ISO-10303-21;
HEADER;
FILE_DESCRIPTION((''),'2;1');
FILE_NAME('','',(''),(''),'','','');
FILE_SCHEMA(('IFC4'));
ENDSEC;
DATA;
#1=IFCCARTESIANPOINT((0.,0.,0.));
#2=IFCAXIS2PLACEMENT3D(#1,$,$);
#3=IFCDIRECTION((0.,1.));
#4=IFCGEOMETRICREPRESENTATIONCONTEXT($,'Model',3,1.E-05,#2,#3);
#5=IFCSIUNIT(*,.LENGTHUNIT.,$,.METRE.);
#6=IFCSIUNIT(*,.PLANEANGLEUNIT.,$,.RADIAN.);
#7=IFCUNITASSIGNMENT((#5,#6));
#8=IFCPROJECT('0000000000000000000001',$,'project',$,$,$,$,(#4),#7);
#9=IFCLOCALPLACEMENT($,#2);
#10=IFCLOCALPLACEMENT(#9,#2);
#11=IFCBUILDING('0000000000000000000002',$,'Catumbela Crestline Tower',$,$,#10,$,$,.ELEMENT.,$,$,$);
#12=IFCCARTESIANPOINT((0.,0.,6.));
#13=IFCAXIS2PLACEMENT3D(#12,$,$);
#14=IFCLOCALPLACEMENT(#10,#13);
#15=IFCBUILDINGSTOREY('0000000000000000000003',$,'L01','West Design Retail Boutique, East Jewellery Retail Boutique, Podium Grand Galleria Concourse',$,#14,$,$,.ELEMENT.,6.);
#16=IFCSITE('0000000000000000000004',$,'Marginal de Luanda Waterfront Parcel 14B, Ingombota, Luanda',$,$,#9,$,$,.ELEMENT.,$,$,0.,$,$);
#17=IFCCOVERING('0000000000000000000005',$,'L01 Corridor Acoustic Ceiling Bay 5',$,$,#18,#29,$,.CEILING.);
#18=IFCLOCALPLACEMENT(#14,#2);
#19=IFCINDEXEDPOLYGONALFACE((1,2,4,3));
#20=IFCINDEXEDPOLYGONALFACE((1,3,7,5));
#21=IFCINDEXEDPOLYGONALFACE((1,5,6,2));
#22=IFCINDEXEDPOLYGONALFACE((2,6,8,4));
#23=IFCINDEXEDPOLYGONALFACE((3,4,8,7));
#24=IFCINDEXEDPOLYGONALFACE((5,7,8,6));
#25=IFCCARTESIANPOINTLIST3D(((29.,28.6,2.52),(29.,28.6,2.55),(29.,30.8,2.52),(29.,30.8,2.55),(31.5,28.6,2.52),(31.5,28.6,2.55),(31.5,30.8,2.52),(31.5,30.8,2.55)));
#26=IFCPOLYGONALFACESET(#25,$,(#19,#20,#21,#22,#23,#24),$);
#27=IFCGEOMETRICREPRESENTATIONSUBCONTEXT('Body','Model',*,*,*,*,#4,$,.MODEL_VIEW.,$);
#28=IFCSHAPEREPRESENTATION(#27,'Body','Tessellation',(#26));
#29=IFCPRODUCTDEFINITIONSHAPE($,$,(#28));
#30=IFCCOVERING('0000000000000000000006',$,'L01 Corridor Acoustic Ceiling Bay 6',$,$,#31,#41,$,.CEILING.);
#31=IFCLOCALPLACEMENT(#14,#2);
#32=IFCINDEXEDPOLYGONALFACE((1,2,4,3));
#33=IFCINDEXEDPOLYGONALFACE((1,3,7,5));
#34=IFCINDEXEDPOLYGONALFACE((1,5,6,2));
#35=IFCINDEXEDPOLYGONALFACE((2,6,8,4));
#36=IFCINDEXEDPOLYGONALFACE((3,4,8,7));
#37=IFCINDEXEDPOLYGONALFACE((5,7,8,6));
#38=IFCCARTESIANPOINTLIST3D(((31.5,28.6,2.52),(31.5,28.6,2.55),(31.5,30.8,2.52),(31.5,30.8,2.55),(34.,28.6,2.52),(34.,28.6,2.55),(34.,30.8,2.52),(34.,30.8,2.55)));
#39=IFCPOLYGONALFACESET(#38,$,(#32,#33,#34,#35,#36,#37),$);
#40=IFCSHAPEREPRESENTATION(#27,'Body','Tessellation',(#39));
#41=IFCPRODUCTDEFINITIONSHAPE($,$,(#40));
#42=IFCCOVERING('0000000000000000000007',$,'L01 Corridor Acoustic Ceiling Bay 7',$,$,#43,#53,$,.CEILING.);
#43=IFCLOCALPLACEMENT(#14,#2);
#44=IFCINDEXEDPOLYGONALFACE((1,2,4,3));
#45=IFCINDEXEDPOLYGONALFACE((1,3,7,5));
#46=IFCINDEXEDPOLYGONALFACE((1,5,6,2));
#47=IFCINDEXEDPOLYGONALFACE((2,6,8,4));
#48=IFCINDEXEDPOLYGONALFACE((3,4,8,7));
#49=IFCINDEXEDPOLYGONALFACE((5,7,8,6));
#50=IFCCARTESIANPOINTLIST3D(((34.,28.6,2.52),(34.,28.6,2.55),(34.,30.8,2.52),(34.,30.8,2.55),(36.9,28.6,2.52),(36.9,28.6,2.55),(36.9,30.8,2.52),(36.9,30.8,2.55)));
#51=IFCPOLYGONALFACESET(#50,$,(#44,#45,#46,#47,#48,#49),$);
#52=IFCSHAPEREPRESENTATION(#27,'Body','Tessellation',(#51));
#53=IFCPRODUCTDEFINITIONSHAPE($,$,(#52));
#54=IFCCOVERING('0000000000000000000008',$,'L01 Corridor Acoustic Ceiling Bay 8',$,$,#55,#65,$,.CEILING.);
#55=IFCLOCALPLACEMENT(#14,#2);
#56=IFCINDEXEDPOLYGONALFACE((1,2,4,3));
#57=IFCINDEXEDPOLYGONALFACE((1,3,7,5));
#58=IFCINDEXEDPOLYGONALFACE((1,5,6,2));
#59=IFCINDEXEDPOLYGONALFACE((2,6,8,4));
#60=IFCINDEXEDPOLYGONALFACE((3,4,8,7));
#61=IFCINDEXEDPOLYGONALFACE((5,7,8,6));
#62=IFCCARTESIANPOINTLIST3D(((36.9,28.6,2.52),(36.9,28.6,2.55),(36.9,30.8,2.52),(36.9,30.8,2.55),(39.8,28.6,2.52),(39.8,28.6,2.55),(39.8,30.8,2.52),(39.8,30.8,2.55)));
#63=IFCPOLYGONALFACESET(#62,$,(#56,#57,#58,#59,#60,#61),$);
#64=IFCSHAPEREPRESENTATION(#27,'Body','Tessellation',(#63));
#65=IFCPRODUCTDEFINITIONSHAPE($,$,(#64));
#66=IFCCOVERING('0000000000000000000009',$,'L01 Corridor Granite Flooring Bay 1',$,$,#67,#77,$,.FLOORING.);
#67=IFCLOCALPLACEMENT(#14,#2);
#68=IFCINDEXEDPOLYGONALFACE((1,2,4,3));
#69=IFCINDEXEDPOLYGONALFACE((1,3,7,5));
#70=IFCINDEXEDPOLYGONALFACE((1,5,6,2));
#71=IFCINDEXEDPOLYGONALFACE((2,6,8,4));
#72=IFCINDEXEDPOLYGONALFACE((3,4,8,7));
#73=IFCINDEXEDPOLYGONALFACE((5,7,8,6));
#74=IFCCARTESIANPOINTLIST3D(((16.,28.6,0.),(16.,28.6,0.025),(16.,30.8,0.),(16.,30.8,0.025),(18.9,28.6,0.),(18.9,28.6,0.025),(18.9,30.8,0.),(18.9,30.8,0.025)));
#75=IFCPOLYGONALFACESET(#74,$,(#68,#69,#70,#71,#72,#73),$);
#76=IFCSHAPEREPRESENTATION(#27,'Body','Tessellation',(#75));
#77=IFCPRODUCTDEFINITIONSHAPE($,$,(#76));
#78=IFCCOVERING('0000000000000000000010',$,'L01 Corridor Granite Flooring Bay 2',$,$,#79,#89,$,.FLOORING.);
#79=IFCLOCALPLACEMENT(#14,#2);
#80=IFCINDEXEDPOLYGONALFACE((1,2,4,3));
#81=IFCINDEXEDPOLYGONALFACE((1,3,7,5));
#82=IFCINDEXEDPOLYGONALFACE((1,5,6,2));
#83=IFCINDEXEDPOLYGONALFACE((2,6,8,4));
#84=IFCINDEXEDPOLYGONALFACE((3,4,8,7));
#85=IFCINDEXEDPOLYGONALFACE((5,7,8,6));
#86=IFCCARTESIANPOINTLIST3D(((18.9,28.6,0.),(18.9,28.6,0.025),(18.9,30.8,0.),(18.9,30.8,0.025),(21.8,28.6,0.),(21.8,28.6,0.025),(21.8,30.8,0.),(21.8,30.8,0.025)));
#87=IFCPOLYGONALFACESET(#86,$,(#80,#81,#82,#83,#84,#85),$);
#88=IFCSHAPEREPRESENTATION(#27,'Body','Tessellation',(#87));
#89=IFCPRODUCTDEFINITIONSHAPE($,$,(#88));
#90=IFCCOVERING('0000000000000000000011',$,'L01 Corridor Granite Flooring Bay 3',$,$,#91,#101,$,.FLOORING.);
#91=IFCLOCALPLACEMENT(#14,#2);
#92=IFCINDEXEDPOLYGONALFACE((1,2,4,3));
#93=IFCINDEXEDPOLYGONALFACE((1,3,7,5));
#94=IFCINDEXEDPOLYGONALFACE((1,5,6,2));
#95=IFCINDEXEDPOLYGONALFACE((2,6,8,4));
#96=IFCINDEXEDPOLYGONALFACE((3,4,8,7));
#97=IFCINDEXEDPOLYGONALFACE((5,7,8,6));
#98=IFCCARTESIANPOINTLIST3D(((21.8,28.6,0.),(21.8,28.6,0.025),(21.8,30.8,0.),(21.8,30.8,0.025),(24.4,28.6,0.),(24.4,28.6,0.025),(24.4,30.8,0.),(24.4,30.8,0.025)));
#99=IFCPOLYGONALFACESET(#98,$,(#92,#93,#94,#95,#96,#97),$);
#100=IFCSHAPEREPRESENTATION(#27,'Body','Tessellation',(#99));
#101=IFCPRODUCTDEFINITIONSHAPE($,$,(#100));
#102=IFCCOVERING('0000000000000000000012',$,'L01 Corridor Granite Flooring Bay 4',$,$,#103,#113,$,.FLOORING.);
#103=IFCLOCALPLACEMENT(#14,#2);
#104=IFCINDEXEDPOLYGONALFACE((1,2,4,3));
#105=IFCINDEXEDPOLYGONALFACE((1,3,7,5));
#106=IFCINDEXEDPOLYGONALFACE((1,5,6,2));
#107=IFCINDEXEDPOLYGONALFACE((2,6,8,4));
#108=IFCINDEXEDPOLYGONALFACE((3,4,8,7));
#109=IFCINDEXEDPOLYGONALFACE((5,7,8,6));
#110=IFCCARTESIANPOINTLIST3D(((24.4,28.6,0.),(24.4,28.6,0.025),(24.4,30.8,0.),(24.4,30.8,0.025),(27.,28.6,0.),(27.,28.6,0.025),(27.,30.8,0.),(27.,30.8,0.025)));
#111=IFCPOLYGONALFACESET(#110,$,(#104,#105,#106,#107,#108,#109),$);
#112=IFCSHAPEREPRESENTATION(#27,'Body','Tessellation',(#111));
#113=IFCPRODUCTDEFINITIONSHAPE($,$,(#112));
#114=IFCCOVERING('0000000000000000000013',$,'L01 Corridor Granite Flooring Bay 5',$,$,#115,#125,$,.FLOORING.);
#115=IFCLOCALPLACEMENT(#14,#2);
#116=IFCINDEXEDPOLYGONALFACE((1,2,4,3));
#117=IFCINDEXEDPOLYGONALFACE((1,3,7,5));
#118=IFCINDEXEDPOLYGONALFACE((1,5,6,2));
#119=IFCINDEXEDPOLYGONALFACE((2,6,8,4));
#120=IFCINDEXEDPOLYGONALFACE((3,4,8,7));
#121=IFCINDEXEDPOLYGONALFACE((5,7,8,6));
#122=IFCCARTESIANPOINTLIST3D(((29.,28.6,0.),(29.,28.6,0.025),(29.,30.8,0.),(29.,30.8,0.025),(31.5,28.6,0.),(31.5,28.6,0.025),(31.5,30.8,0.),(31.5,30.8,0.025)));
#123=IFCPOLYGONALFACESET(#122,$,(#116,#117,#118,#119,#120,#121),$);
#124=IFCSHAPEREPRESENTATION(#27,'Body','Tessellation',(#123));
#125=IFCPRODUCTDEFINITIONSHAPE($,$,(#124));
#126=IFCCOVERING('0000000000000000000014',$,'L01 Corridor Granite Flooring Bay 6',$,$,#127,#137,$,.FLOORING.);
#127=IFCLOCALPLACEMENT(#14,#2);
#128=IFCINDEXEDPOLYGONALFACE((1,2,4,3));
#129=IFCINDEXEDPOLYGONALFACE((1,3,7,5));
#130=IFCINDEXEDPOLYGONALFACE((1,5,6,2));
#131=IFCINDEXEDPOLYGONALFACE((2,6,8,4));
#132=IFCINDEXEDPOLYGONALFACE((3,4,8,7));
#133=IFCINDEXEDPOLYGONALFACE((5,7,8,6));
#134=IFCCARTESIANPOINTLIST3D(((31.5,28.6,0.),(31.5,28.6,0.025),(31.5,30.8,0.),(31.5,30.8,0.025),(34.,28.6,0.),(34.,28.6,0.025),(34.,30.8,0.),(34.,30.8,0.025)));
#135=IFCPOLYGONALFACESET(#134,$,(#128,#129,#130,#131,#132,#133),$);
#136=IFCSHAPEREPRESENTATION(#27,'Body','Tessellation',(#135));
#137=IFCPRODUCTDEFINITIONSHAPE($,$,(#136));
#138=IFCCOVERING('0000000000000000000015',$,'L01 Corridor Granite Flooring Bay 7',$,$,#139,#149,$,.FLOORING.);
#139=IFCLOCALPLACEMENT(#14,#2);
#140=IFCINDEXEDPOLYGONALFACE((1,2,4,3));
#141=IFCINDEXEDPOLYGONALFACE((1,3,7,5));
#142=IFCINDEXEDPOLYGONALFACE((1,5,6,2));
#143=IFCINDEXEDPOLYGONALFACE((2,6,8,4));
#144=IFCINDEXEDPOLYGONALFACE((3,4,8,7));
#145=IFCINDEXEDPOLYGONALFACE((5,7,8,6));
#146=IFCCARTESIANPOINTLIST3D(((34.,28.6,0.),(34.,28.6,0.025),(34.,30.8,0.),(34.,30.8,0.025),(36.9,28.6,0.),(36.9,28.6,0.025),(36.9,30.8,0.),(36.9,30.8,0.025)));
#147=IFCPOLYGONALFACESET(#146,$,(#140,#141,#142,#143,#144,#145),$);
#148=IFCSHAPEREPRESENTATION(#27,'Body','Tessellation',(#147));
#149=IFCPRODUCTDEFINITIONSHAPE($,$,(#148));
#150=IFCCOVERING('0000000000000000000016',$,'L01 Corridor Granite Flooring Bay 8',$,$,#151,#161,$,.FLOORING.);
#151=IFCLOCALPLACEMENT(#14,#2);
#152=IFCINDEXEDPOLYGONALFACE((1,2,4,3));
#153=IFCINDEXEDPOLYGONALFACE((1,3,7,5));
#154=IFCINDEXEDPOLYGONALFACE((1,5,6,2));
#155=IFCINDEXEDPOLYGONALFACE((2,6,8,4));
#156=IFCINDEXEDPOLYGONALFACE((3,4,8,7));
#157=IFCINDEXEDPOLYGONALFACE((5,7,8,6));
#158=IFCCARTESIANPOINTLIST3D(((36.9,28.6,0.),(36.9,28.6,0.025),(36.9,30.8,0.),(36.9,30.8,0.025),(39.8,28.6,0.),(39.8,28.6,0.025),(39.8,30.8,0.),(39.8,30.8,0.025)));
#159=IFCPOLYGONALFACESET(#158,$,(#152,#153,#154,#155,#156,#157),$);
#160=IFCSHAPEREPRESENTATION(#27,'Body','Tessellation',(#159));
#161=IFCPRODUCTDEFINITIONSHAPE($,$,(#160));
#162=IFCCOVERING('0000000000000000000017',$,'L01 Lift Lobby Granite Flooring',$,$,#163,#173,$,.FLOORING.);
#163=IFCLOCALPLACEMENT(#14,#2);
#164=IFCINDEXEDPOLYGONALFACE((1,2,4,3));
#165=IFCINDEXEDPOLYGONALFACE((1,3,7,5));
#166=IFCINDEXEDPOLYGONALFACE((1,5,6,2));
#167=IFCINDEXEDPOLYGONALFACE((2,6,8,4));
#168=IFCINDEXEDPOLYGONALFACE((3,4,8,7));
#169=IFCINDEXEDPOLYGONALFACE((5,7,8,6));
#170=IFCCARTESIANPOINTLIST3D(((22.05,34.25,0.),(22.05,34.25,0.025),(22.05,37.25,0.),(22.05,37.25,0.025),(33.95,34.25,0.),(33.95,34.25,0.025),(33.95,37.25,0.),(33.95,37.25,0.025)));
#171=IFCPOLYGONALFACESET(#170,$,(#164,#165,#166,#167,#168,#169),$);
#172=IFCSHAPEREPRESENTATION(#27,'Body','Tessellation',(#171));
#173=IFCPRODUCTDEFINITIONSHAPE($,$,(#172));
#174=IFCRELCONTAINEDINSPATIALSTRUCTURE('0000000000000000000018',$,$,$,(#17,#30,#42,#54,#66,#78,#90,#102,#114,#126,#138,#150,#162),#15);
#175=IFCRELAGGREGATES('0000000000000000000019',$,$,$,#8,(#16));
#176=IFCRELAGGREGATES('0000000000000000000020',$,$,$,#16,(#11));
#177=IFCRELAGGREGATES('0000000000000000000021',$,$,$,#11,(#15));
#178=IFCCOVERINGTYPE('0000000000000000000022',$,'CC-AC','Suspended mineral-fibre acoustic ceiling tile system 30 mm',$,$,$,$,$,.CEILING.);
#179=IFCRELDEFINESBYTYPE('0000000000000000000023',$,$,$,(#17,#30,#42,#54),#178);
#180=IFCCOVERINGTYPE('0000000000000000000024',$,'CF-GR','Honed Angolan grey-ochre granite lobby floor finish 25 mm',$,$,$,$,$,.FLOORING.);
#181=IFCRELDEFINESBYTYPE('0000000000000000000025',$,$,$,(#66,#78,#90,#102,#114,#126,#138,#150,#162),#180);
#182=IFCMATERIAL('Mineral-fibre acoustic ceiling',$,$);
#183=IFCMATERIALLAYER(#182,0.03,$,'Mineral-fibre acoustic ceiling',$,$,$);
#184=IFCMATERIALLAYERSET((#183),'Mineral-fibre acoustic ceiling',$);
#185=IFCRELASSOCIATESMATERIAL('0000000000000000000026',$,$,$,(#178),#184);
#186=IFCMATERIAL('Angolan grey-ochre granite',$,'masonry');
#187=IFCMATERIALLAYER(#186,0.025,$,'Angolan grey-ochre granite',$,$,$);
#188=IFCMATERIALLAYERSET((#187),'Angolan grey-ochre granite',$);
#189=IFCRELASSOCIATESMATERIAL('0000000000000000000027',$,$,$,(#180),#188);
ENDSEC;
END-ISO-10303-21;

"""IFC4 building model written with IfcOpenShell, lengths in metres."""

from ifc_helpers import new_model, si_unit, direction, frame, origin, place, context, subcontext, project, spatial, polyline, outline, extrude, material, layer, layer_set, type_object, element, save


model = new_model("IFC4")

# Units and contexts
model_context = context("Model", 3, precision=1e-05, world=origin(), true_north=direction((0.0, 1.0)))
body_context = subcontext(model_context, "Body", "Model", "MODEL_VIEW")
ifc_project = project(units=[si_unit("LENGTHUNIT", "METRE"), si_unit("PLANEANGLEUNIT", "RADIAN")], contexts=[model_context])

# Site, building, storey
site_placement = place(None, origin())
site = spatial("IfcSite", under=ifc_project, at=site_placement, Name="Marginal de Luanda Waterfront Parcel 14B, Ingombota, Luanda", CompositionType="ELEMENT", RefElevation=0.0)
building_placement = place(site_placement, origin())
building = spatial("IfcBuilding", under=site, at=building_placement, Name="Catumbela Crestline Tower", CompositionType="ELEMENT")
storey_placement = place(building_placement, frame((0.0, 0.0, 6.0)))
storey = spatial("IfcBuildingStorey", under=building, at=storey_placement, Name="L01", Description="West Design Retail Boutique, East Jewellery Retail Boutique, Podium Grand Galleria Concourse", CompositionType="ELEMENT", Elevation=6.0)

# Coverings
ifc_material_1 = material(Name="Mineral-fibre acoustic ceiling")
ifc_layer_1 = layer(ifc_material_1, 0.03, Name="Mineral-fibre acoustic ceiling")
ifc_layer_set_1 = layer_set([ifc_layer_1], Name="Mineral-fibre acoustic ceiling")
covering_type_1 = type_object("IfcCoveringType", Name="CC-AC", Description="Suspended mineral-fibre acoustic ceiling tile system 30 mm", PredefinedType="CEILING", material=ifc_layer_set_1)
covering_1_placement = place(storey_placement, frame((0.0, 0.0, 2.52)))
element("IfcCovering", 1, at=covering_1_placement, inside=storey, type_object=covering_type_1, Name="L01 Corridor Acoustic Ceiling Bay 5", PredefinedType="CEILING", context=body_context, shape_type="SweptSolid", body=[
    extrude(outline(polyline([(29.0, 28.6), (31.5, 28.6), (31.5, 30.8), (29.0, 30.8), (29.0, 28.6)])), origin(), (0.0, 0.0, 1.0), 0.03),
])
covering_2_placement = place(storey_placement, frame((0.0, 0.0, 2.52)))
element("IfcCovering", 2, at=covering_2_placement, inside=storey, type_object=covering_type_1, Name="L01 Corridor Acoustic Ceiling Bay 6", PredefinedType="CEILING", context=body_context, shape_type="SweptSolid", body=[
    extrude(outline(polyline([(31.5, 28.6), (34.0, 28.6), (34.0, 30.8), (31.5, 30.8), (31.5, 28.6)])), origin(), (0.0, 0.0, 1.0), 0.03),
])
covering_3_placement = place(storey_placement, frame((0.0, 0.0, 2.52)))
element("IfcCovering", 3, at=covering_3_placement, inside=storey, type_object=covering_type_1, Name="L01 Corridor Acoustic Ceiling Bay 7", PredefinedType="CEILING", context=body_context, shape_type="SweptSolid", body=[
    extrude(outline(polyline([(34.0, 28.6), (36.9, 28.6), (36.9, 30.8), (34.0, 30.8), (34.0, 28.6)])), origin(), (0.0, 0.0, 1.0), 0.03),
])
covering_4_placement = place(storey_placement, frame((0.0, 0.0, 2.52)))
element("IfcCovering", 4, at=covering_4_placement, inside=storey, type_object=covering_type_1, Name="L01 Corridor Acoustic Ceiling Bay 8", PredefinedType="CEILING", context=body_context, shape_type="SweptSolid", body=[
    extrude(outline(polyline([(36.9, 28.6), (39.8, 28.6), (39.8, 30.8), (36.9, 30.8), (36.9, 28.6)])), origin(), (0.0, 0.0, 1.0), 0.03),
])
ifc_material_2 = material(Name="Angolan grey-ochre granite", Category="masonry")
ifc_layer_2 = layer(ifc_material_2, 0.025, Name="Angolan grey-ochre granite")
ifc_layer_set_2 = layer_set([ifc_layer_2], Name="Angolan grey-ochre granite")
covering_type_2 = type_object("IfcCoveringType", Name="CF-GR", Description="Honed Angolan grey-ochre granite lobby floor finish 25 mm", PredefinedType="FLOORING", material=ifc_layer_set_2)
covering_5_placement = place(storey_placement, origin())
element("IfcCovering", 5, at=covering_5_placement, inside=storey, type_object=covering_type_2, Name="L01 Corridor Granite Flooring Bay 1", PredefinedType="FLOORING", context=body_context, shape_type="SweptSolid", body=[
    extrude(outline(polyline([(16.0, 28.6), (18.9, 28.6), (18.9, 30.8), (16.0, 30.8), (16.0, 28.6)])), origin(), (0.0, 0.0, 1.0), 0.025),
])
covering_6_placement = place(storey_placement, origin())
element("IfcCovering", 6, at=covering_6_placement, inside=storey, type_object=covering_type_2, Name="L01 Corridor Granite Flooring Bay 2", PredefinedType="FLOORING", context=body_context, shape_type="SweptSolid", body=[
    extrude(outline(polyline([(18.9, 28.6), (21.8, 28.6), (21.8, 30.8), (18.9, 30.8), (18.9, 28.6)])), origin(), (0.0, 0.0, 1.0), 0.025),
])
covering_7_placement = place(storey_placement, origin())
element("IfcCovering", 7, at=covering_7_placement, inside=storey, type_object=covering_type_2, Name="L01 Corridor Granite Flooring Bay 3", PredefinedType="FLOORING", context=body_context, shape_type="SweptSolid", body=[
    extrude(outline(polyline([(21.8, 28.6), (24.4, 28.6), (24.4, 30.8), (21.8, 30.8), (21.8, 28.6)])), origin(), (0.0, 0.0, 1.0), 0.025),
])
covering_8_placement = place(storey_placement, origin())
element("IfcCovering", 8, at=covering_8_placement, inside=storey, type_object=covering_type_2, Name="L01 Corridor Granite Flooring Bay 4", PredefinedType="FLOORING", context=body_context, shape_type="SweptSolid", body=[
    extrude(outline(polyline([(24.4, 28.6), (27.0, 28.6), (27.0, 30.8), (24.4, 30.8), (24.4, 28.6)])), origin(), (0.0, 0.0, 1.0), 0.025),
])
covering_9_placement = place(storey_placement, origin())
element("IfcCovering", 9, at=covering_9_placement, inside=storey, type_object=covering_type_2, Name="L01 Corridor Granite Flooring Bay 5", PredefinedType="FLOORING", context=body_context, shape_type="SweptSolid", body=[
    extrude(outline(polyline([(29.0, 28.6), (31.5, 28.6), (31.5, 30.8), (29.0, 30.8), (29.0, 28.6)])), origin(), (0.0, 0.0, 1.0), 0.025),
])
covering_10_placement = place(storey_placement, origin())
element("IfcCovering", 10, at=covering_10_placement, inside=storey, type_object=covering_type_2, Name="L01 Corridor Granite Flooring Bay 6", PredefinedType="FLOORING", context=body_context, shape_type="SweptSolid", body=[
    extrude(outline(polyline([(31.5, 28.6), (34.0, 28.6), (34.0, 30.8), (31.5, 30.8), (31.5, 28.6)])), origin(), (0.0, 0.0, 1.0), 0.025),
])
covering_11_placement = place(storey_placement, origin())
element("IfcCovering", 11, at=covering_11_placement, inside=storey, type_object=covering_type_2, Name="L01 Corridor Granite Flooring Bay 7", PredefinedType="FLOORING", context=body_context, shape_type="SweptSolid", body=[
    extrude(outline(polyline([(34.0, 28.6), (36.9, 28.6), (36.9, 30.8), (34.0, 30.8), (34.0, 28.6)])), origin(), (0.0, 0.0, 1.0), 0.025),
])
covering_12_placement = place(storey_placement, origin())
element("IfcCovering", 12, at=covering_12_placement, inside=storey, type_object=covering_type_2, Name="L01 Corridor Granite Flooring Bay 8", PredefinedType="FLOORING", context=body_context, shape_type="SweptSolid", body=[
    extrude(outline(polyline([(36.9, 28.6), (39.8, 28.6), (39.8, 30.8), (36.9, 30.8), (36.9, 28.6)])), origin(), (0.0, 0.0, 1.0), 0.025),
])
covering_13_placement = place(storey_placement, origin())
element("IfcCovering", 13, at=covering_13_placement, inside=storey, type_object=covering_type_2, Name="L01 Lift Lobby Granite Flooring", PredefinedType="FLOORING", context=body_context, shape_type="SweptSolid", body=[
    extrude(outline(polyline([(22.05, 34.25), (33.95, 34.25), (33.95, 37.25), (22.05, 37.25), (22.05, 34.25)])), origin(), (0.0, 0.0, 1.0), 0.025),
])

save(model, "model.ifc")
